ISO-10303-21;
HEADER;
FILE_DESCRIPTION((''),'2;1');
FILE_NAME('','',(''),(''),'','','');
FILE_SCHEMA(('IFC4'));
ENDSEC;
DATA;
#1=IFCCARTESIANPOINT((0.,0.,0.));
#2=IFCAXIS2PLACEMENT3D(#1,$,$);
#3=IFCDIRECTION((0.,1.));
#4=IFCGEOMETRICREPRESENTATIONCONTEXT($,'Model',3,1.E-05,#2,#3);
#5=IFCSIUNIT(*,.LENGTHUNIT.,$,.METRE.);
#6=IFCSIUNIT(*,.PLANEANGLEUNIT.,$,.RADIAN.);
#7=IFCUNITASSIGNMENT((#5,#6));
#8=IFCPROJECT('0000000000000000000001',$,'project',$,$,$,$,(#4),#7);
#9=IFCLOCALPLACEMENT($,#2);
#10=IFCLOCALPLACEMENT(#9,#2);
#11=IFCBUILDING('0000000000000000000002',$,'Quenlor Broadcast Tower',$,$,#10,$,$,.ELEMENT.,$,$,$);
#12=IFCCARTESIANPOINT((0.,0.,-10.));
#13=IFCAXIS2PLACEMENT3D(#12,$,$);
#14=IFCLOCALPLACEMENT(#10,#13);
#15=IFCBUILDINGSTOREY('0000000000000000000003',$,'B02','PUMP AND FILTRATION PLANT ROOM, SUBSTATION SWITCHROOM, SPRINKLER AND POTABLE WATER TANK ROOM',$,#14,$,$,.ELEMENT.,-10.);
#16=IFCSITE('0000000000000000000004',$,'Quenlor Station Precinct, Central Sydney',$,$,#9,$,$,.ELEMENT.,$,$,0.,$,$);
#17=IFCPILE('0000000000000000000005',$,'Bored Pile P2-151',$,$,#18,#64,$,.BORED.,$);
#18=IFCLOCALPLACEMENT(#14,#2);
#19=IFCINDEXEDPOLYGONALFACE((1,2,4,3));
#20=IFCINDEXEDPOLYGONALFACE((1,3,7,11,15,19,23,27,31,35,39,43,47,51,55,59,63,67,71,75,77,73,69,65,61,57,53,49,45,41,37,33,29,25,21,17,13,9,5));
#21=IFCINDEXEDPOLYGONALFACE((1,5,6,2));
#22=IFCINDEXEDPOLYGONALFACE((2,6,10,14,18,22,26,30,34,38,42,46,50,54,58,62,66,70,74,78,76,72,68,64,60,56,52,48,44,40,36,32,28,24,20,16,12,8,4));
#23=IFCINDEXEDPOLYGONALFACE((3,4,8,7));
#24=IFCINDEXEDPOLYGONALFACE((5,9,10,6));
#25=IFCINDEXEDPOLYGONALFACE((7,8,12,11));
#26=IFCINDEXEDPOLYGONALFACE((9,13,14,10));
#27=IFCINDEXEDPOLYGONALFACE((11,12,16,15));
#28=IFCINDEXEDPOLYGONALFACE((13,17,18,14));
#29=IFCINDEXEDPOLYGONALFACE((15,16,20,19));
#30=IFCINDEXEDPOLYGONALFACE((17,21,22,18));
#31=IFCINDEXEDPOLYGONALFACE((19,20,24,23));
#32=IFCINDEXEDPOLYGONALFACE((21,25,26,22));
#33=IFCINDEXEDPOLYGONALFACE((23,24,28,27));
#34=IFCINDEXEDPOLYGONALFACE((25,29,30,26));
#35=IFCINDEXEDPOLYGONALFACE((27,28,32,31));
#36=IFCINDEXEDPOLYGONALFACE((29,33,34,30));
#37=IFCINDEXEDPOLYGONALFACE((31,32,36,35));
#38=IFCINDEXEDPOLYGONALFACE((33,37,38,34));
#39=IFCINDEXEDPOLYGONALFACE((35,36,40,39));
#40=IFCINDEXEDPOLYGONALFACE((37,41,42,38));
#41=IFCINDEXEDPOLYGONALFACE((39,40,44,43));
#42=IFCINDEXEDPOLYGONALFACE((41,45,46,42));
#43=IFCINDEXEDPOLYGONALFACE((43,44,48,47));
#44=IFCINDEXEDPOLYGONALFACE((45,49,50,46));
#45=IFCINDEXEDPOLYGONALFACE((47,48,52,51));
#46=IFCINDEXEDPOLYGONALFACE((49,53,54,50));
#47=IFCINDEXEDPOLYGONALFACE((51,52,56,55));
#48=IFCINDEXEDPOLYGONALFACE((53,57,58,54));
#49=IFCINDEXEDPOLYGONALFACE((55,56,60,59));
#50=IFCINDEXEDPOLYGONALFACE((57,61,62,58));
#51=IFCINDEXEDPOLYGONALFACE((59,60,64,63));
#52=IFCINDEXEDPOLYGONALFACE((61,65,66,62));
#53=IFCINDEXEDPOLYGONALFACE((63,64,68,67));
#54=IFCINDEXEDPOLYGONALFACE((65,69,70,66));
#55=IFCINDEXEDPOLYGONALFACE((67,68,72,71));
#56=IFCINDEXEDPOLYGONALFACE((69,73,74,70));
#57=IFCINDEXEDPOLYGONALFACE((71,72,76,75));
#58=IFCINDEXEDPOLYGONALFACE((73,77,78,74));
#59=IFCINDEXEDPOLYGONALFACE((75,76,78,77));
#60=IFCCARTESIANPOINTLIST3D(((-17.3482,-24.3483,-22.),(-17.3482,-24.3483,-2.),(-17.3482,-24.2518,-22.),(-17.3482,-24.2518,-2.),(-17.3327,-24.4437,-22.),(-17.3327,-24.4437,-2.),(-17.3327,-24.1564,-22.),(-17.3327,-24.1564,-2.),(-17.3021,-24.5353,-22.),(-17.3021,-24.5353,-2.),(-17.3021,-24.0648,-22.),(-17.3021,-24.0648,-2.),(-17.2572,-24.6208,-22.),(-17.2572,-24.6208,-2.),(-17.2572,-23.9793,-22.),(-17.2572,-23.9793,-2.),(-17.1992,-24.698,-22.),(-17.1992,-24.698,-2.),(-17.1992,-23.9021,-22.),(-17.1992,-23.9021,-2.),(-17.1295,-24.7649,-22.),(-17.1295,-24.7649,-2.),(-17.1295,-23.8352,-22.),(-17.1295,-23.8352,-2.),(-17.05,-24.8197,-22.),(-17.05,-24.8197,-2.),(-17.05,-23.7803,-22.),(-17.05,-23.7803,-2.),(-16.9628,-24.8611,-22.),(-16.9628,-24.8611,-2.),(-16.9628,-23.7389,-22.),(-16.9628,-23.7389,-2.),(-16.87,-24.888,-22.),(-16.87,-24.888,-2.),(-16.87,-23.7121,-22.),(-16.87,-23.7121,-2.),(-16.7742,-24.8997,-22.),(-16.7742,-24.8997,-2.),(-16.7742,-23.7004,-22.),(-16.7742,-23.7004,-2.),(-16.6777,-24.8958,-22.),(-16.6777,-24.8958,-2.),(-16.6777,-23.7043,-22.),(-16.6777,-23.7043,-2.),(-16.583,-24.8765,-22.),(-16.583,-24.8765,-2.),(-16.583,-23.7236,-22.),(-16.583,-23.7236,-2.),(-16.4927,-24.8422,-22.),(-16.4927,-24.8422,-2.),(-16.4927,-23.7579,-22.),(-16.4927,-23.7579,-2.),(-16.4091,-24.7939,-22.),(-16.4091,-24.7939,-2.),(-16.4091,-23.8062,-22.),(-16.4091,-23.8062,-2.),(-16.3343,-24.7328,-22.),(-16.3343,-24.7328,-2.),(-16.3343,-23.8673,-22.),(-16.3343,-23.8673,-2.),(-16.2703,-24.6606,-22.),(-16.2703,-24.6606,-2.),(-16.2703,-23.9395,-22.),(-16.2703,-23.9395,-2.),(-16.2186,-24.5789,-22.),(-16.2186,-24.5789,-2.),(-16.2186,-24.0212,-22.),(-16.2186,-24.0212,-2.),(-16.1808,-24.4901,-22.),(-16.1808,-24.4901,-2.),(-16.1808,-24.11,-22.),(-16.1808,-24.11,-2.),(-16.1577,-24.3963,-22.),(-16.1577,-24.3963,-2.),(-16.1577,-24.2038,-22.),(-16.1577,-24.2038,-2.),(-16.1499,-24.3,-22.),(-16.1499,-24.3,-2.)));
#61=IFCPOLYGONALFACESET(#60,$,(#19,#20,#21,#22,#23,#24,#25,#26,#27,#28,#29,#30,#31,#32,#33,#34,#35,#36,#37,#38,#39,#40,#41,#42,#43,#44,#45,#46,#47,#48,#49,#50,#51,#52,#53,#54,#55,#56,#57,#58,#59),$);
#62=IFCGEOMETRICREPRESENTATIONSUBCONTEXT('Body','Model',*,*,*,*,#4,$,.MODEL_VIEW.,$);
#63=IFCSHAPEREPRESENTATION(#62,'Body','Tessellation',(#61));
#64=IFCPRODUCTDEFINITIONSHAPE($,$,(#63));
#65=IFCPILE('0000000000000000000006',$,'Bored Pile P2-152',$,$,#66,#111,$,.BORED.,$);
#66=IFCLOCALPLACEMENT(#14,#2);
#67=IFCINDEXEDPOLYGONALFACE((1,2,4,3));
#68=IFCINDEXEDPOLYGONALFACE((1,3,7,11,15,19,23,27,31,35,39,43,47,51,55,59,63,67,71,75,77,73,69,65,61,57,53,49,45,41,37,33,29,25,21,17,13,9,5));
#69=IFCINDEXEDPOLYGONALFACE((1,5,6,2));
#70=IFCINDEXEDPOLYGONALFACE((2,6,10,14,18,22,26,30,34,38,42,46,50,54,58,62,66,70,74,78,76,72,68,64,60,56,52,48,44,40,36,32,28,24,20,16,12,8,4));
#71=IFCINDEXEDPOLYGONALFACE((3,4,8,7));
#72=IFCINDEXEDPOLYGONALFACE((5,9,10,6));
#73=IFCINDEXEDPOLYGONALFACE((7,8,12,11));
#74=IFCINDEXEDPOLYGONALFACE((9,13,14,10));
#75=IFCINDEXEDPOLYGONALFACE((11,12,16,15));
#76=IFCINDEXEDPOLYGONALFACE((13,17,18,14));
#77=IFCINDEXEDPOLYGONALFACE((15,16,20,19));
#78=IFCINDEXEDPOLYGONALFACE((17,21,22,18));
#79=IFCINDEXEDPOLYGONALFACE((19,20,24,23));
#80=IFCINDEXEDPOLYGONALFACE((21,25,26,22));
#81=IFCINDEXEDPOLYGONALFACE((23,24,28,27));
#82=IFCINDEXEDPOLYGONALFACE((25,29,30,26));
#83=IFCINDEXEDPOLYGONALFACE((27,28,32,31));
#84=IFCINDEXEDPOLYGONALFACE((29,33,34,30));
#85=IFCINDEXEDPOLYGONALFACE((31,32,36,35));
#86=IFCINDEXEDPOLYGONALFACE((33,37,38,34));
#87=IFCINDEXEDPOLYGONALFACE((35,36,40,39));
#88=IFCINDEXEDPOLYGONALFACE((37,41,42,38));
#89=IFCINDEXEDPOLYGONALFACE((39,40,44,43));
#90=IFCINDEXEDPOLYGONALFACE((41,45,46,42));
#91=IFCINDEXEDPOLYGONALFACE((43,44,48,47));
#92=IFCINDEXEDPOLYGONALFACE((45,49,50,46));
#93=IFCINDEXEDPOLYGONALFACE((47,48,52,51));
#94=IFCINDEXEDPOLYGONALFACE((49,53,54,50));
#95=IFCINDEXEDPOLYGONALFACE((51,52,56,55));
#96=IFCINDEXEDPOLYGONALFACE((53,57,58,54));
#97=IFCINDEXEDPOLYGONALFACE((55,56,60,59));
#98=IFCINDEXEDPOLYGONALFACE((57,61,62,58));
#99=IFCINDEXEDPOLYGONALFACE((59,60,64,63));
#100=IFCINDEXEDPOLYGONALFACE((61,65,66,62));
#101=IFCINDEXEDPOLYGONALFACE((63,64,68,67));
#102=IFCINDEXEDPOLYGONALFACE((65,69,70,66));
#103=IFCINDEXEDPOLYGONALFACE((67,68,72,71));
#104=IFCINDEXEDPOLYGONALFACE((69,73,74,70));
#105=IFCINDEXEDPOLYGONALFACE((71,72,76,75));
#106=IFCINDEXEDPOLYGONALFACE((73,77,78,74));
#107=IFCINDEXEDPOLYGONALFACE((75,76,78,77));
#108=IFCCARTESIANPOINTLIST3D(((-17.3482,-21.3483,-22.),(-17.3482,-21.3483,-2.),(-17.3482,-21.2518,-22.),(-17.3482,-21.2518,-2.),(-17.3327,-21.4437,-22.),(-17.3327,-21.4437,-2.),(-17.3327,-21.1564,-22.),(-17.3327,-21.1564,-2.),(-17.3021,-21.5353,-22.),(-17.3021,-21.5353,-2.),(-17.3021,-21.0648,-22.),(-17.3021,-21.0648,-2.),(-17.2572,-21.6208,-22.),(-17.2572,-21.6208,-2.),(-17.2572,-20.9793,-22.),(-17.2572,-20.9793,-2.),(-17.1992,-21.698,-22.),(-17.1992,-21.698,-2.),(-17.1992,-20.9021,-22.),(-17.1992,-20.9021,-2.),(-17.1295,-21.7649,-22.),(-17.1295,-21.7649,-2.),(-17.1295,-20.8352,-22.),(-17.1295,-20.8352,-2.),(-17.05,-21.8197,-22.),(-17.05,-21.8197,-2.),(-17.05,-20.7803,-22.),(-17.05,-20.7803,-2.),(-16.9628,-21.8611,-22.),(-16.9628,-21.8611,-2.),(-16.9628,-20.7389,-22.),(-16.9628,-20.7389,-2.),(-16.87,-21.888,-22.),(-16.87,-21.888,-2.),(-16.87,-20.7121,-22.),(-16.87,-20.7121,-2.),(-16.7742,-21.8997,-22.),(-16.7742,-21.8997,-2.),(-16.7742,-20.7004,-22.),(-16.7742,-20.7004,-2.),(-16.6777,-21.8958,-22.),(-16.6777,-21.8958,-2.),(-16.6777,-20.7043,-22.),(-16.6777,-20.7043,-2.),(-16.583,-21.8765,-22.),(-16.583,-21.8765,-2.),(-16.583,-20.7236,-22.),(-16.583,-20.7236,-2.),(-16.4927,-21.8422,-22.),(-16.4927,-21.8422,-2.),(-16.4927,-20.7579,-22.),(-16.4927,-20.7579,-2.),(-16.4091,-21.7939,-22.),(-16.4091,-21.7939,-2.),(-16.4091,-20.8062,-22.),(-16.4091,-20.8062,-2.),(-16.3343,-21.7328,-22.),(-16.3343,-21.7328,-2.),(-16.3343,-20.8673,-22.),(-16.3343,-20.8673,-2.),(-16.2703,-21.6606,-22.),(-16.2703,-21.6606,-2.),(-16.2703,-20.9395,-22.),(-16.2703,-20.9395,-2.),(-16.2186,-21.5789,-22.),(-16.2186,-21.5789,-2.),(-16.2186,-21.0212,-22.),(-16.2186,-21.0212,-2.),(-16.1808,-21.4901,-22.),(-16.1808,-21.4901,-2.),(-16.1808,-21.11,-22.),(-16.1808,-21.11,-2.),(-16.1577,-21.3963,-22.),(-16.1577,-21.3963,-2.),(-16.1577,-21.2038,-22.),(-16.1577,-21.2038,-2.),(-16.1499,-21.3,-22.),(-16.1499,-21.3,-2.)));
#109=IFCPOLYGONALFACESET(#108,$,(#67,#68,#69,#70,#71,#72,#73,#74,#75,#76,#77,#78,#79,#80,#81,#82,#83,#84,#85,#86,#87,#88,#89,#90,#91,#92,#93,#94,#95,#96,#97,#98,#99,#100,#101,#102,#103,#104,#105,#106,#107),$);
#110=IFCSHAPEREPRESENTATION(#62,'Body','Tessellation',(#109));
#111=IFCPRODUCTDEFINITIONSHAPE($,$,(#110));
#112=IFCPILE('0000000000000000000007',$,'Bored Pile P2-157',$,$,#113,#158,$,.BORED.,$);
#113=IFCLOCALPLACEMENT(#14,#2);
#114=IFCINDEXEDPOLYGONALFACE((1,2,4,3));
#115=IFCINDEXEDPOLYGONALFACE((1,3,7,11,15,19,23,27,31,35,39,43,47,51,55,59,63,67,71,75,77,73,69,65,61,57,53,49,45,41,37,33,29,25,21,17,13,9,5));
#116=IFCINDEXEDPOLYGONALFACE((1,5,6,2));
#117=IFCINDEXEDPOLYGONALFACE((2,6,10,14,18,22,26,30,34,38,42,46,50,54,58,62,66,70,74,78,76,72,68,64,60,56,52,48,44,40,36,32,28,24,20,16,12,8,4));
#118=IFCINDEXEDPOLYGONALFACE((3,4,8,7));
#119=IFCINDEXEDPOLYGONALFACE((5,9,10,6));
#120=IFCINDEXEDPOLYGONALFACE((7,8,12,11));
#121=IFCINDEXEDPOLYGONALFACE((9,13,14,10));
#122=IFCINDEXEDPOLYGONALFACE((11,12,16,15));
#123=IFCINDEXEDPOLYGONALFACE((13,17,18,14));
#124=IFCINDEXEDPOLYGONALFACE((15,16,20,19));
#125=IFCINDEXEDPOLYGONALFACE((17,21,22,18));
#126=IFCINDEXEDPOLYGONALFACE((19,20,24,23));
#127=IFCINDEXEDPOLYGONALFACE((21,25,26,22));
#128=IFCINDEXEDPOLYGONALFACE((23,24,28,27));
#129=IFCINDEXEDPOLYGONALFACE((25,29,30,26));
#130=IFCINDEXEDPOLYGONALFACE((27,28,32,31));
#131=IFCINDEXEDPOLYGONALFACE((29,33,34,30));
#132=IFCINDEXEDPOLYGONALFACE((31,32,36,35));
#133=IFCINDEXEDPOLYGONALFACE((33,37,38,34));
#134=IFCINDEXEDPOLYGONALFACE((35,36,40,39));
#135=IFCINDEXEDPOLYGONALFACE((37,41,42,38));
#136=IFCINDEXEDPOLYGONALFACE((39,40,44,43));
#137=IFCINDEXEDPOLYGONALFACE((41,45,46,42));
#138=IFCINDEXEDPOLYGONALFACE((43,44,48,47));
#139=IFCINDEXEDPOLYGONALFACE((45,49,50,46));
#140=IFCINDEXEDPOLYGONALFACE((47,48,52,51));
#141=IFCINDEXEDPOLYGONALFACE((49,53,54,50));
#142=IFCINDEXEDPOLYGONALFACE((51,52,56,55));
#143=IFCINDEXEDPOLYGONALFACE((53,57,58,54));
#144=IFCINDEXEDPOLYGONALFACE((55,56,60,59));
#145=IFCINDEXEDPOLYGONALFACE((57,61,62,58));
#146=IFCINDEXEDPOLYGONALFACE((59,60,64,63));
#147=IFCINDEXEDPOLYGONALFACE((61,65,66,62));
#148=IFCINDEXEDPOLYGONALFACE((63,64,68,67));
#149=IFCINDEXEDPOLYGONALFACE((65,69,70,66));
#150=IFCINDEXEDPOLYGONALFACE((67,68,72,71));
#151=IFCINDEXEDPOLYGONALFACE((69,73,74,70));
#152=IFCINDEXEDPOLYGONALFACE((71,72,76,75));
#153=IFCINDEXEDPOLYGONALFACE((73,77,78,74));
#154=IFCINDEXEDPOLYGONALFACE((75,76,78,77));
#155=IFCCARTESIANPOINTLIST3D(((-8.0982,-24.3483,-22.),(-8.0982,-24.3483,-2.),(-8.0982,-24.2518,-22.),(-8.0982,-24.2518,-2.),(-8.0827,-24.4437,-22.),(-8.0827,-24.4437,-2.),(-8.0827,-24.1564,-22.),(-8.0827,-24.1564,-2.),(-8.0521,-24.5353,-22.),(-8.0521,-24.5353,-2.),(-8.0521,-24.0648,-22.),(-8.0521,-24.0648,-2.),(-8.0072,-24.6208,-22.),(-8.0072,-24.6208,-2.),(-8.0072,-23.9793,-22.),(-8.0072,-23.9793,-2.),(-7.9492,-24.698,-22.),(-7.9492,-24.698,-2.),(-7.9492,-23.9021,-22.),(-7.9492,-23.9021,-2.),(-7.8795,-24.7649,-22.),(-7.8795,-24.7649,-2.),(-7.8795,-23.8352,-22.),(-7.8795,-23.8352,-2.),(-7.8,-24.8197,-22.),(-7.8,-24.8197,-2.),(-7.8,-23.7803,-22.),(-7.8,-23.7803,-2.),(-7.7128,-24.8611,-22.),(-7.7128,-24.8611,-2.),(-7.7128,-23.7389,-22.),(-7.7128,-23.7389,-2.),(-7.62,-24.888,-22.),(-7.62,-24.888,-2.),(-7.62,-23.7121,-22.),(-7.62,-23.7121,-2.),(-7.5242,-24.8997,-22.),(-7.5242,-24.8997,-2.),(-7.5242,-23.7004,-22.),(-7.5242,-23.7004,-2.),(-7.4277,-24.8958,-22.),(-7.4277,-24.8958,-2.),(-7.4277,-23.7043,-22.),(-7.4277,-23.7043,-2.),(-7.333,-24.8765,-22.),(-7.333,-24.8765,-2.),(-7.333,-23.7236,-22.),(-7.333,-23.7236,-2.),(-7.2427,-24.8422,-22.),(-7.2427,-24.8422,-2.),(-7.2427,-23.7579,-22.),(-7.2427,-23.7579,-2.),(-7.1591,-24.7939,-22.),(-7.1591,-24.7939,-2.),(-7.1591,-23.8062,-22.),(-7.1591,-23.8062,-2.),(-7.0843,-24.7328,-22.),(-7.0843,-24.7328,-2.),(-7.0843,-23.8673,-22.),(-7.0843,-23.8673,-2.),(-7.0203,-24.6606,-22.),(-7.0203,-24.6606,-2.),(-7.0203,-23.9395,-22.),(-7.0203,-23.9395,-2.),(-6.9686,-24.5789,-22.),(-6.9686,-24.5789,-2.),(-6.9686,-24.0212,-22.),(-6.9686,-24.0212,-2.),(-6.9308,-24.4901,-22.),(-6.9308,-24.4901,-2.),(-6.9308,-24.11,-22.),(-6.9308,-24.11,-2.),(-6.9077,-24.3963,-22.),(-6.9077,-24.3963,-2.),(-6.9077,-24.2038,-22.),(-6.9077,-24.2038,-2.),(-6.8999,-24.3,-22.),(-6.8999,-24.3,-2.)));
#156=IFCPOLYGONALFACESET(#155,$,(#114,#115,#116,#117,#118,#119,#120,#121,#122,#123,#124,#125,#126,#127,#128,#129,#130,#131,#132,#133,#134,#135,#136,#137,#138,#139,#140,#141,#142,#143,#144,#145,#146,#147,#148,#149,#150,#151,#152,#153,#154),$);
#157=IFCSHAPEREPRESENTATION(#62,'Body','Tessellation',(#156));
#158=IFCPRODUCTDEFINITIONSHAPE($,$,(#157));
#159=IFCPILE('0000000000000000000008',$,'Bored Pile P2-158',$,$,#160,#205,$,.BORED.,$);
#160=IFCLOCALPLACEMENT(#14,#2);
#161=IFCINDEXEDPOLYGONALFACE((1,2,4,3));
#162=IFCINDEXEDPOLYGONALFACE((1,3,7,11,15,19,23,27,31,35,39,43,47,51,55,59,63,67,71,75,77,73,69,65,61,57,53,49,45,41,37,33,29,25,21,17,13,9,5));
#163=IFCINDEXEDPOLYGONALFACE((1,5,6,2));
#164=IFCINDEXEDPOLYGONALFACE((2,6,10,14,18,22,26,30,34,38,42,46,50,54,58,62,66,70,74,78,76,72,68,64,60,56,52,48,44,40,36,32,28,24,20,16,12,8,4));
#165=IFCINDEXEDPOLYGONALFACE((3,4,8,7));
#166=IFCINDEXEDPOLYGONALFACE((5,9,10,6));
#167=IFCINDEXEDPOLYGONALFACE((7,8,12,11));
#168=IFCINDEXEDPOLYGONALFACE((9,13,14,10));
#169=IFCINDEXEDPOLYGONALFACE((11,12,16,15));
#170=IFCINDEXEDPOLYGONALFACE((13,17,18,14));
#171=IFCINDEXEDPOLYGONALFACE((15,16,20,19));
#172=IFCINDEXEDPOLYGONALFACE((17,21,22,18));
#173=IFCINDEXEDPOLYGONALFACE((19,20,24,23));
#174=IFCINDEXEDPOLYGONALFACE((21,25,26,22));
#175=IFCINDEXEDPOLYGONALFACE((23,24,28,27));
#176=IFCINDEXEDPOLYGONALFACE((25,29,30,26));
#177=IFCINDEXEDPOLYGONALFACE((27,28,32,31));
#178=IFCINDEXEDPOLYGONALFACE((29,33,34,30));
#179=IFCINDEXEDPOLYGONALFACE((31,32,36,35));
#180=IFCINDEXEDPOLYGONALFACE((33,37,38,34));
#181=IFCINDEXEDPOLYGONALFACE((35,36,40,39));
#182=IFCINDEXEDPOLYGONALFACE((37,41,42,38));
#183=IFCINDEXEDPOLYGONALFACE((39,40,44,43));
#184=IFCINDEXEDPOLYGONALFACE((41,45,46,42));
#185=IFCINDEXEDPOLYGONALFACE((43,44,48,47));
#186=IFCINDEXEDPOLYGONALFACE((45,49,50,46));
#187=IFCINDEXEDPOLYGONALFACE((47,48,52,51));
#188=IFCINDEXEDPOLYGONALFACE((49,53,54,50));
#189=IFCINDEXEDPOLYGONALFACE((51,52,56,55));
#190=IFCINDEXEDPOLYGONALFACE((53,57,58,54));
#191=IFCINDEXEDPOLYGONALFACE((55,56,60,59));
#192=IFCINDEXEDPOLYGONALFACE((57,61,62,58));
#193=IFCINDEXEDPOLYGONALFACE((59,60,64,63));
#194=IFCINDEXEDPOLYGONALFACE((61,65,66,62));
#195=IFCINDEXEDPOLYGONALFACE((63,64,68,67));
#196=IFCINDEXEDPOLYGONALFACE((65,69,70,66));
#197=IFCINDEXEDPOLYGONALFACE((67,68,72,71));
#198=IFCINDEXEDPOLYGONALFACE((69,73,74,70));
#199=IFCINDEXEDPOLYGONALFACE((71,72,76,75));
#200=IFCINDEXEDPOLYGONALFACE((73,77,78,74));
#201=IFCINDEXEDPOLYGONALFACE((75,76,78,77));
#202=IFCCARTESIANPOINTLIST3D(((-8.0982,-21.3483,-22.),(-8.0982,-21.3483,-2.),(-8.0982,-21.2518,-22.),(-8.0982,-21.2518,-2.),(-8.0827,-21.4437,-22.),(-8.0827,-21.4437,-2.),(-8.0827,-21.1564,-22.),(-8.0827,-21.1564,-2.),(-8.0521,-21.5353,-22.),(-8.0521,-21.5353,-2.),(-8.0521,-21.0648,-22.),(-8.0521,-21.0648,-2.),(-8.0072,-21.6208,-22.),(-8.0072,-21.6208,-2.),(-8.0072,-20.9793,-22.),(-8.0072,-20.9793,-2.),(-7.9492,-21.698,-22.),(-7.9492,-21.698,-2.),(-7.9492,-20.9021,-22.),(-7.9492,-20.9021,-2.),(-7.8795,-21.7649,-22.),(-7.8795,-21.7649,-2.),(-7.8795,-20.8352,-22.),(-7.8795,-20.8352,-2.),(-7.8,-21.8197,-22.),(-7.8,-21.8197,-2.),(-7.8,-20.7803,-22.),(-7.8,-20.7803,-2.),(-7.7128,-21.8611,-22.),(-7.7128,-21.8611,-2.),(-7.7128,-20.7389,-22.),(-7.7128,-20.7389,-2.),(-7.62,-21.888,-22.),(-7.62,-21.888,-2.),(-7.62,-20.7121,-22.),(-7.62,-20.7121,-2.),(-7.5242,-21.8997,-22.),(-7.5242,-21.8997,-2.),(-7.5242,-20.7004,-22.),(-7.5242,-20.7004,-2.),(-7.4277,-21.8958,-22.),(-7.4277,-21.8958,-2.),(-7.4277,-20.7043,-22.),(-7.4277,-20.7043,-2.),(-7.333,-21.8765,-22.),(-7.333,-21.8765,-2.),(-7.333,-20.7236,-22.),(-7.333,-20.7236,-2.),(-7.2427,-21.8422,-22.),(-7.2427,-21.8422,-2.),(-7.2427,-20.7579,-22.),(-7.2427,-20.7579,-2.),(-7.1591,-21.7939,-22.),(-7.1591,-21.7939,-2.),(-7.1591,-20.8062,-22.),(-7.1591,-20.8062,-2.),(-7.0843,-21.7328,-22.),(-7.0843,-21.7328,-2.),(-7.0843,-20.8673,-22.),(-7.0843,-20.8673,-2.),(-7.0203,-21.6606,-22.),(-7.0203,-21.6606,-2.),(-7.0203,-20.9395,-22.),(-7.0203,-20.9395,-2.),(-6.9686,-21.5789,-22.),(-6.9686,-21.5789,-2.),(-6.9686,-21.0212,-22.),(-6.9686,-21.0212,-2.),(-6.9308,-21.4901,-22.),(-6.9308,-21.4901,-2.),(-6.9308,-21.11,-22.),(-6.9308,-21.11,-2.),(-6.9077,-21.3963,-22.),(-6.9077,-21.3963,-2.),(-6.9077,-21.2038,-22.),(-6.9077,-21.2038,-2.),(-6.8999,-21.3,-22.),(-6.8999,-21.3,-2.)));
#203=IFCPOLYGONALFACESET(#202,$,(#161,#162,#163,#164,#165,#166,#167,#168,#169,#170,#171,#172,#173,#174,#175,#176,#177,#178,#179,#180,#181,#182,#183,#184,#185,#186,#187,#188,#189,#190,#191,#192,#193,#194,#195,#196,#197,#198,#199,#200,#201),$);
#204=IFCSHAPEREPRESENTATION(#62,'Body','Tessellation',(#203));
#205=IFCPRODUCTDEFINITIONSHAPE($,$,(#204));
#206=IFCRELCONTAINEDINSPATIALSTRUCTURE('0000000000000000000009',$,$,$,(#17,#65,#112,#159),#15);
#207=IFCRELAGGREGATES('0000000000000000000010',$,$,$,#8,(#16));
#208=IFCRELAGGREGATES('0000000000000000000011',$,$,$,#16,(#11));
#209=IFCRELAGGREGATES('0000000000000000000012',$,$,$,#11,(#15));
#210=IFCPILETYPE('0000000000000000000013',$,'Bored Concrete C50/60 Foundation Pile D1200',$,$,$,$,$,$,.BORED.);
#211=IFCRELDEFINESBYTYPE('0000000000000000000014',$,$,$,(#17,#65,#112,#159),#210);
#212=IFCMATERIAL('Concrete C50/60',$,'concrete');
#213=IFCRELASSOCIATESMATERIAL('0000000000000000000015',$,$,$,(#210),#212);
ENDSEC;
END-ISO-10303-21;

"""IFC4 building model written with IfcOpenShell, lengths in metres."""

from ifc_helpers import new_model, si_unit, direction, frame, origin, origin_2d, place, context, subcontext, project, spatial, circle, extrude, material, material_profile, profile_set, type_object, element, save


model = new_model("IFC4")

# Units and contexts
model_context = context("Model", 3, precision=1e-05, world=origin(), true_north=direction((0.0, 1.0)))
body_context = subcontext(model_context, "Body", "Model", "MODEL_VIEW")
ifc_project = project(units=[si_unit("LENGTHUNIT", "METRE"), si_unit("PLANEANGLEUNIT", "RADIAN")], contexts=[model_context])

# Site, building, storey
site_placement = place(None, origin())
site = spatial("IfcSite", under=ifc_project, at=site_placement, Name="Quenlor Station Precinct, Central Sydney", CompositionType="ELEMENT", RefElevation=0.0)
building_placement = place(site_placement, origin())
building = spatial("IfcBuilding", under=site, at=building_placement, Name="Quenlor Broadcast Tower", CompositionType="ELEMENT")
storey_placement = place(building_placement, frame((0.0, 0.0, -10.0)))
storey = spatial("IfcBuildingStorey", under=building, at=storey_placement, Name="B02", Description="PUMP AND FILTRATION PLANT ROOM, SUBSTATION SWITCHROOM, SPRINKLER AND POTABLE WATER TANK ROOM", CompositionType="ELEMENT", Elevation=-10.0)

# Piles
ifc_material_1 = material(Name="Concrete C50/60", Category="concrete")
ifc_material_profile_1 = material_profile(ifc_material_1, circle(Radius=0.6001, at=origin_2d()))
ifc_profile_set_1 = profile_set([ifc_material_profile_1], Name="Concrete C50/60 PILE1200")
pile_type_1 = type_object("IfcPileType", Name="Bored Concrete C50/60 Foundation Pile D1200", PredefinedType="BORED", material=ifc_profile_set_1)
for number, where, z_axis, x_axis, name in (
    (1, (-16.75, -24.3, -2.0), (0.0, 0.0, -1.0), (1.0, 0.0, 0.0), "Bored Pile P2-151"),
    (2, (-16.75, -21.3, -2.0), (0.0, 0.0, -1.0), (1.0, 0.0, 0.0), "Bored Pile P2-152"),
    (3, (-7.5, -24.3, -2.0), (0.0, 0.0, -1.0), (1.0, 0.0, 0.0), "Bored Pile P2-157"),
    (4, (-7.5, -21.3, -2.0), (0.0, 0.0, -1.0), (1.0, 0.0, 0.0), "Bored Pile P2-158"),
):
    element("IfcPile", number, at=place(storey_placement, frame(where, z_axis=z_axis, x_axis=x_axis)), inside=storey, type_object=pile_type_1, Name=name, PredefinedType="BORED", context=body_context, shape_type="SweptSolid", body=[
        extrude(circle(Radius=0.6001, at=origin_2d()), origin(), (0.0, 0.0, 1.0), 20.0),
    ])

save(model, "model.ifc")
